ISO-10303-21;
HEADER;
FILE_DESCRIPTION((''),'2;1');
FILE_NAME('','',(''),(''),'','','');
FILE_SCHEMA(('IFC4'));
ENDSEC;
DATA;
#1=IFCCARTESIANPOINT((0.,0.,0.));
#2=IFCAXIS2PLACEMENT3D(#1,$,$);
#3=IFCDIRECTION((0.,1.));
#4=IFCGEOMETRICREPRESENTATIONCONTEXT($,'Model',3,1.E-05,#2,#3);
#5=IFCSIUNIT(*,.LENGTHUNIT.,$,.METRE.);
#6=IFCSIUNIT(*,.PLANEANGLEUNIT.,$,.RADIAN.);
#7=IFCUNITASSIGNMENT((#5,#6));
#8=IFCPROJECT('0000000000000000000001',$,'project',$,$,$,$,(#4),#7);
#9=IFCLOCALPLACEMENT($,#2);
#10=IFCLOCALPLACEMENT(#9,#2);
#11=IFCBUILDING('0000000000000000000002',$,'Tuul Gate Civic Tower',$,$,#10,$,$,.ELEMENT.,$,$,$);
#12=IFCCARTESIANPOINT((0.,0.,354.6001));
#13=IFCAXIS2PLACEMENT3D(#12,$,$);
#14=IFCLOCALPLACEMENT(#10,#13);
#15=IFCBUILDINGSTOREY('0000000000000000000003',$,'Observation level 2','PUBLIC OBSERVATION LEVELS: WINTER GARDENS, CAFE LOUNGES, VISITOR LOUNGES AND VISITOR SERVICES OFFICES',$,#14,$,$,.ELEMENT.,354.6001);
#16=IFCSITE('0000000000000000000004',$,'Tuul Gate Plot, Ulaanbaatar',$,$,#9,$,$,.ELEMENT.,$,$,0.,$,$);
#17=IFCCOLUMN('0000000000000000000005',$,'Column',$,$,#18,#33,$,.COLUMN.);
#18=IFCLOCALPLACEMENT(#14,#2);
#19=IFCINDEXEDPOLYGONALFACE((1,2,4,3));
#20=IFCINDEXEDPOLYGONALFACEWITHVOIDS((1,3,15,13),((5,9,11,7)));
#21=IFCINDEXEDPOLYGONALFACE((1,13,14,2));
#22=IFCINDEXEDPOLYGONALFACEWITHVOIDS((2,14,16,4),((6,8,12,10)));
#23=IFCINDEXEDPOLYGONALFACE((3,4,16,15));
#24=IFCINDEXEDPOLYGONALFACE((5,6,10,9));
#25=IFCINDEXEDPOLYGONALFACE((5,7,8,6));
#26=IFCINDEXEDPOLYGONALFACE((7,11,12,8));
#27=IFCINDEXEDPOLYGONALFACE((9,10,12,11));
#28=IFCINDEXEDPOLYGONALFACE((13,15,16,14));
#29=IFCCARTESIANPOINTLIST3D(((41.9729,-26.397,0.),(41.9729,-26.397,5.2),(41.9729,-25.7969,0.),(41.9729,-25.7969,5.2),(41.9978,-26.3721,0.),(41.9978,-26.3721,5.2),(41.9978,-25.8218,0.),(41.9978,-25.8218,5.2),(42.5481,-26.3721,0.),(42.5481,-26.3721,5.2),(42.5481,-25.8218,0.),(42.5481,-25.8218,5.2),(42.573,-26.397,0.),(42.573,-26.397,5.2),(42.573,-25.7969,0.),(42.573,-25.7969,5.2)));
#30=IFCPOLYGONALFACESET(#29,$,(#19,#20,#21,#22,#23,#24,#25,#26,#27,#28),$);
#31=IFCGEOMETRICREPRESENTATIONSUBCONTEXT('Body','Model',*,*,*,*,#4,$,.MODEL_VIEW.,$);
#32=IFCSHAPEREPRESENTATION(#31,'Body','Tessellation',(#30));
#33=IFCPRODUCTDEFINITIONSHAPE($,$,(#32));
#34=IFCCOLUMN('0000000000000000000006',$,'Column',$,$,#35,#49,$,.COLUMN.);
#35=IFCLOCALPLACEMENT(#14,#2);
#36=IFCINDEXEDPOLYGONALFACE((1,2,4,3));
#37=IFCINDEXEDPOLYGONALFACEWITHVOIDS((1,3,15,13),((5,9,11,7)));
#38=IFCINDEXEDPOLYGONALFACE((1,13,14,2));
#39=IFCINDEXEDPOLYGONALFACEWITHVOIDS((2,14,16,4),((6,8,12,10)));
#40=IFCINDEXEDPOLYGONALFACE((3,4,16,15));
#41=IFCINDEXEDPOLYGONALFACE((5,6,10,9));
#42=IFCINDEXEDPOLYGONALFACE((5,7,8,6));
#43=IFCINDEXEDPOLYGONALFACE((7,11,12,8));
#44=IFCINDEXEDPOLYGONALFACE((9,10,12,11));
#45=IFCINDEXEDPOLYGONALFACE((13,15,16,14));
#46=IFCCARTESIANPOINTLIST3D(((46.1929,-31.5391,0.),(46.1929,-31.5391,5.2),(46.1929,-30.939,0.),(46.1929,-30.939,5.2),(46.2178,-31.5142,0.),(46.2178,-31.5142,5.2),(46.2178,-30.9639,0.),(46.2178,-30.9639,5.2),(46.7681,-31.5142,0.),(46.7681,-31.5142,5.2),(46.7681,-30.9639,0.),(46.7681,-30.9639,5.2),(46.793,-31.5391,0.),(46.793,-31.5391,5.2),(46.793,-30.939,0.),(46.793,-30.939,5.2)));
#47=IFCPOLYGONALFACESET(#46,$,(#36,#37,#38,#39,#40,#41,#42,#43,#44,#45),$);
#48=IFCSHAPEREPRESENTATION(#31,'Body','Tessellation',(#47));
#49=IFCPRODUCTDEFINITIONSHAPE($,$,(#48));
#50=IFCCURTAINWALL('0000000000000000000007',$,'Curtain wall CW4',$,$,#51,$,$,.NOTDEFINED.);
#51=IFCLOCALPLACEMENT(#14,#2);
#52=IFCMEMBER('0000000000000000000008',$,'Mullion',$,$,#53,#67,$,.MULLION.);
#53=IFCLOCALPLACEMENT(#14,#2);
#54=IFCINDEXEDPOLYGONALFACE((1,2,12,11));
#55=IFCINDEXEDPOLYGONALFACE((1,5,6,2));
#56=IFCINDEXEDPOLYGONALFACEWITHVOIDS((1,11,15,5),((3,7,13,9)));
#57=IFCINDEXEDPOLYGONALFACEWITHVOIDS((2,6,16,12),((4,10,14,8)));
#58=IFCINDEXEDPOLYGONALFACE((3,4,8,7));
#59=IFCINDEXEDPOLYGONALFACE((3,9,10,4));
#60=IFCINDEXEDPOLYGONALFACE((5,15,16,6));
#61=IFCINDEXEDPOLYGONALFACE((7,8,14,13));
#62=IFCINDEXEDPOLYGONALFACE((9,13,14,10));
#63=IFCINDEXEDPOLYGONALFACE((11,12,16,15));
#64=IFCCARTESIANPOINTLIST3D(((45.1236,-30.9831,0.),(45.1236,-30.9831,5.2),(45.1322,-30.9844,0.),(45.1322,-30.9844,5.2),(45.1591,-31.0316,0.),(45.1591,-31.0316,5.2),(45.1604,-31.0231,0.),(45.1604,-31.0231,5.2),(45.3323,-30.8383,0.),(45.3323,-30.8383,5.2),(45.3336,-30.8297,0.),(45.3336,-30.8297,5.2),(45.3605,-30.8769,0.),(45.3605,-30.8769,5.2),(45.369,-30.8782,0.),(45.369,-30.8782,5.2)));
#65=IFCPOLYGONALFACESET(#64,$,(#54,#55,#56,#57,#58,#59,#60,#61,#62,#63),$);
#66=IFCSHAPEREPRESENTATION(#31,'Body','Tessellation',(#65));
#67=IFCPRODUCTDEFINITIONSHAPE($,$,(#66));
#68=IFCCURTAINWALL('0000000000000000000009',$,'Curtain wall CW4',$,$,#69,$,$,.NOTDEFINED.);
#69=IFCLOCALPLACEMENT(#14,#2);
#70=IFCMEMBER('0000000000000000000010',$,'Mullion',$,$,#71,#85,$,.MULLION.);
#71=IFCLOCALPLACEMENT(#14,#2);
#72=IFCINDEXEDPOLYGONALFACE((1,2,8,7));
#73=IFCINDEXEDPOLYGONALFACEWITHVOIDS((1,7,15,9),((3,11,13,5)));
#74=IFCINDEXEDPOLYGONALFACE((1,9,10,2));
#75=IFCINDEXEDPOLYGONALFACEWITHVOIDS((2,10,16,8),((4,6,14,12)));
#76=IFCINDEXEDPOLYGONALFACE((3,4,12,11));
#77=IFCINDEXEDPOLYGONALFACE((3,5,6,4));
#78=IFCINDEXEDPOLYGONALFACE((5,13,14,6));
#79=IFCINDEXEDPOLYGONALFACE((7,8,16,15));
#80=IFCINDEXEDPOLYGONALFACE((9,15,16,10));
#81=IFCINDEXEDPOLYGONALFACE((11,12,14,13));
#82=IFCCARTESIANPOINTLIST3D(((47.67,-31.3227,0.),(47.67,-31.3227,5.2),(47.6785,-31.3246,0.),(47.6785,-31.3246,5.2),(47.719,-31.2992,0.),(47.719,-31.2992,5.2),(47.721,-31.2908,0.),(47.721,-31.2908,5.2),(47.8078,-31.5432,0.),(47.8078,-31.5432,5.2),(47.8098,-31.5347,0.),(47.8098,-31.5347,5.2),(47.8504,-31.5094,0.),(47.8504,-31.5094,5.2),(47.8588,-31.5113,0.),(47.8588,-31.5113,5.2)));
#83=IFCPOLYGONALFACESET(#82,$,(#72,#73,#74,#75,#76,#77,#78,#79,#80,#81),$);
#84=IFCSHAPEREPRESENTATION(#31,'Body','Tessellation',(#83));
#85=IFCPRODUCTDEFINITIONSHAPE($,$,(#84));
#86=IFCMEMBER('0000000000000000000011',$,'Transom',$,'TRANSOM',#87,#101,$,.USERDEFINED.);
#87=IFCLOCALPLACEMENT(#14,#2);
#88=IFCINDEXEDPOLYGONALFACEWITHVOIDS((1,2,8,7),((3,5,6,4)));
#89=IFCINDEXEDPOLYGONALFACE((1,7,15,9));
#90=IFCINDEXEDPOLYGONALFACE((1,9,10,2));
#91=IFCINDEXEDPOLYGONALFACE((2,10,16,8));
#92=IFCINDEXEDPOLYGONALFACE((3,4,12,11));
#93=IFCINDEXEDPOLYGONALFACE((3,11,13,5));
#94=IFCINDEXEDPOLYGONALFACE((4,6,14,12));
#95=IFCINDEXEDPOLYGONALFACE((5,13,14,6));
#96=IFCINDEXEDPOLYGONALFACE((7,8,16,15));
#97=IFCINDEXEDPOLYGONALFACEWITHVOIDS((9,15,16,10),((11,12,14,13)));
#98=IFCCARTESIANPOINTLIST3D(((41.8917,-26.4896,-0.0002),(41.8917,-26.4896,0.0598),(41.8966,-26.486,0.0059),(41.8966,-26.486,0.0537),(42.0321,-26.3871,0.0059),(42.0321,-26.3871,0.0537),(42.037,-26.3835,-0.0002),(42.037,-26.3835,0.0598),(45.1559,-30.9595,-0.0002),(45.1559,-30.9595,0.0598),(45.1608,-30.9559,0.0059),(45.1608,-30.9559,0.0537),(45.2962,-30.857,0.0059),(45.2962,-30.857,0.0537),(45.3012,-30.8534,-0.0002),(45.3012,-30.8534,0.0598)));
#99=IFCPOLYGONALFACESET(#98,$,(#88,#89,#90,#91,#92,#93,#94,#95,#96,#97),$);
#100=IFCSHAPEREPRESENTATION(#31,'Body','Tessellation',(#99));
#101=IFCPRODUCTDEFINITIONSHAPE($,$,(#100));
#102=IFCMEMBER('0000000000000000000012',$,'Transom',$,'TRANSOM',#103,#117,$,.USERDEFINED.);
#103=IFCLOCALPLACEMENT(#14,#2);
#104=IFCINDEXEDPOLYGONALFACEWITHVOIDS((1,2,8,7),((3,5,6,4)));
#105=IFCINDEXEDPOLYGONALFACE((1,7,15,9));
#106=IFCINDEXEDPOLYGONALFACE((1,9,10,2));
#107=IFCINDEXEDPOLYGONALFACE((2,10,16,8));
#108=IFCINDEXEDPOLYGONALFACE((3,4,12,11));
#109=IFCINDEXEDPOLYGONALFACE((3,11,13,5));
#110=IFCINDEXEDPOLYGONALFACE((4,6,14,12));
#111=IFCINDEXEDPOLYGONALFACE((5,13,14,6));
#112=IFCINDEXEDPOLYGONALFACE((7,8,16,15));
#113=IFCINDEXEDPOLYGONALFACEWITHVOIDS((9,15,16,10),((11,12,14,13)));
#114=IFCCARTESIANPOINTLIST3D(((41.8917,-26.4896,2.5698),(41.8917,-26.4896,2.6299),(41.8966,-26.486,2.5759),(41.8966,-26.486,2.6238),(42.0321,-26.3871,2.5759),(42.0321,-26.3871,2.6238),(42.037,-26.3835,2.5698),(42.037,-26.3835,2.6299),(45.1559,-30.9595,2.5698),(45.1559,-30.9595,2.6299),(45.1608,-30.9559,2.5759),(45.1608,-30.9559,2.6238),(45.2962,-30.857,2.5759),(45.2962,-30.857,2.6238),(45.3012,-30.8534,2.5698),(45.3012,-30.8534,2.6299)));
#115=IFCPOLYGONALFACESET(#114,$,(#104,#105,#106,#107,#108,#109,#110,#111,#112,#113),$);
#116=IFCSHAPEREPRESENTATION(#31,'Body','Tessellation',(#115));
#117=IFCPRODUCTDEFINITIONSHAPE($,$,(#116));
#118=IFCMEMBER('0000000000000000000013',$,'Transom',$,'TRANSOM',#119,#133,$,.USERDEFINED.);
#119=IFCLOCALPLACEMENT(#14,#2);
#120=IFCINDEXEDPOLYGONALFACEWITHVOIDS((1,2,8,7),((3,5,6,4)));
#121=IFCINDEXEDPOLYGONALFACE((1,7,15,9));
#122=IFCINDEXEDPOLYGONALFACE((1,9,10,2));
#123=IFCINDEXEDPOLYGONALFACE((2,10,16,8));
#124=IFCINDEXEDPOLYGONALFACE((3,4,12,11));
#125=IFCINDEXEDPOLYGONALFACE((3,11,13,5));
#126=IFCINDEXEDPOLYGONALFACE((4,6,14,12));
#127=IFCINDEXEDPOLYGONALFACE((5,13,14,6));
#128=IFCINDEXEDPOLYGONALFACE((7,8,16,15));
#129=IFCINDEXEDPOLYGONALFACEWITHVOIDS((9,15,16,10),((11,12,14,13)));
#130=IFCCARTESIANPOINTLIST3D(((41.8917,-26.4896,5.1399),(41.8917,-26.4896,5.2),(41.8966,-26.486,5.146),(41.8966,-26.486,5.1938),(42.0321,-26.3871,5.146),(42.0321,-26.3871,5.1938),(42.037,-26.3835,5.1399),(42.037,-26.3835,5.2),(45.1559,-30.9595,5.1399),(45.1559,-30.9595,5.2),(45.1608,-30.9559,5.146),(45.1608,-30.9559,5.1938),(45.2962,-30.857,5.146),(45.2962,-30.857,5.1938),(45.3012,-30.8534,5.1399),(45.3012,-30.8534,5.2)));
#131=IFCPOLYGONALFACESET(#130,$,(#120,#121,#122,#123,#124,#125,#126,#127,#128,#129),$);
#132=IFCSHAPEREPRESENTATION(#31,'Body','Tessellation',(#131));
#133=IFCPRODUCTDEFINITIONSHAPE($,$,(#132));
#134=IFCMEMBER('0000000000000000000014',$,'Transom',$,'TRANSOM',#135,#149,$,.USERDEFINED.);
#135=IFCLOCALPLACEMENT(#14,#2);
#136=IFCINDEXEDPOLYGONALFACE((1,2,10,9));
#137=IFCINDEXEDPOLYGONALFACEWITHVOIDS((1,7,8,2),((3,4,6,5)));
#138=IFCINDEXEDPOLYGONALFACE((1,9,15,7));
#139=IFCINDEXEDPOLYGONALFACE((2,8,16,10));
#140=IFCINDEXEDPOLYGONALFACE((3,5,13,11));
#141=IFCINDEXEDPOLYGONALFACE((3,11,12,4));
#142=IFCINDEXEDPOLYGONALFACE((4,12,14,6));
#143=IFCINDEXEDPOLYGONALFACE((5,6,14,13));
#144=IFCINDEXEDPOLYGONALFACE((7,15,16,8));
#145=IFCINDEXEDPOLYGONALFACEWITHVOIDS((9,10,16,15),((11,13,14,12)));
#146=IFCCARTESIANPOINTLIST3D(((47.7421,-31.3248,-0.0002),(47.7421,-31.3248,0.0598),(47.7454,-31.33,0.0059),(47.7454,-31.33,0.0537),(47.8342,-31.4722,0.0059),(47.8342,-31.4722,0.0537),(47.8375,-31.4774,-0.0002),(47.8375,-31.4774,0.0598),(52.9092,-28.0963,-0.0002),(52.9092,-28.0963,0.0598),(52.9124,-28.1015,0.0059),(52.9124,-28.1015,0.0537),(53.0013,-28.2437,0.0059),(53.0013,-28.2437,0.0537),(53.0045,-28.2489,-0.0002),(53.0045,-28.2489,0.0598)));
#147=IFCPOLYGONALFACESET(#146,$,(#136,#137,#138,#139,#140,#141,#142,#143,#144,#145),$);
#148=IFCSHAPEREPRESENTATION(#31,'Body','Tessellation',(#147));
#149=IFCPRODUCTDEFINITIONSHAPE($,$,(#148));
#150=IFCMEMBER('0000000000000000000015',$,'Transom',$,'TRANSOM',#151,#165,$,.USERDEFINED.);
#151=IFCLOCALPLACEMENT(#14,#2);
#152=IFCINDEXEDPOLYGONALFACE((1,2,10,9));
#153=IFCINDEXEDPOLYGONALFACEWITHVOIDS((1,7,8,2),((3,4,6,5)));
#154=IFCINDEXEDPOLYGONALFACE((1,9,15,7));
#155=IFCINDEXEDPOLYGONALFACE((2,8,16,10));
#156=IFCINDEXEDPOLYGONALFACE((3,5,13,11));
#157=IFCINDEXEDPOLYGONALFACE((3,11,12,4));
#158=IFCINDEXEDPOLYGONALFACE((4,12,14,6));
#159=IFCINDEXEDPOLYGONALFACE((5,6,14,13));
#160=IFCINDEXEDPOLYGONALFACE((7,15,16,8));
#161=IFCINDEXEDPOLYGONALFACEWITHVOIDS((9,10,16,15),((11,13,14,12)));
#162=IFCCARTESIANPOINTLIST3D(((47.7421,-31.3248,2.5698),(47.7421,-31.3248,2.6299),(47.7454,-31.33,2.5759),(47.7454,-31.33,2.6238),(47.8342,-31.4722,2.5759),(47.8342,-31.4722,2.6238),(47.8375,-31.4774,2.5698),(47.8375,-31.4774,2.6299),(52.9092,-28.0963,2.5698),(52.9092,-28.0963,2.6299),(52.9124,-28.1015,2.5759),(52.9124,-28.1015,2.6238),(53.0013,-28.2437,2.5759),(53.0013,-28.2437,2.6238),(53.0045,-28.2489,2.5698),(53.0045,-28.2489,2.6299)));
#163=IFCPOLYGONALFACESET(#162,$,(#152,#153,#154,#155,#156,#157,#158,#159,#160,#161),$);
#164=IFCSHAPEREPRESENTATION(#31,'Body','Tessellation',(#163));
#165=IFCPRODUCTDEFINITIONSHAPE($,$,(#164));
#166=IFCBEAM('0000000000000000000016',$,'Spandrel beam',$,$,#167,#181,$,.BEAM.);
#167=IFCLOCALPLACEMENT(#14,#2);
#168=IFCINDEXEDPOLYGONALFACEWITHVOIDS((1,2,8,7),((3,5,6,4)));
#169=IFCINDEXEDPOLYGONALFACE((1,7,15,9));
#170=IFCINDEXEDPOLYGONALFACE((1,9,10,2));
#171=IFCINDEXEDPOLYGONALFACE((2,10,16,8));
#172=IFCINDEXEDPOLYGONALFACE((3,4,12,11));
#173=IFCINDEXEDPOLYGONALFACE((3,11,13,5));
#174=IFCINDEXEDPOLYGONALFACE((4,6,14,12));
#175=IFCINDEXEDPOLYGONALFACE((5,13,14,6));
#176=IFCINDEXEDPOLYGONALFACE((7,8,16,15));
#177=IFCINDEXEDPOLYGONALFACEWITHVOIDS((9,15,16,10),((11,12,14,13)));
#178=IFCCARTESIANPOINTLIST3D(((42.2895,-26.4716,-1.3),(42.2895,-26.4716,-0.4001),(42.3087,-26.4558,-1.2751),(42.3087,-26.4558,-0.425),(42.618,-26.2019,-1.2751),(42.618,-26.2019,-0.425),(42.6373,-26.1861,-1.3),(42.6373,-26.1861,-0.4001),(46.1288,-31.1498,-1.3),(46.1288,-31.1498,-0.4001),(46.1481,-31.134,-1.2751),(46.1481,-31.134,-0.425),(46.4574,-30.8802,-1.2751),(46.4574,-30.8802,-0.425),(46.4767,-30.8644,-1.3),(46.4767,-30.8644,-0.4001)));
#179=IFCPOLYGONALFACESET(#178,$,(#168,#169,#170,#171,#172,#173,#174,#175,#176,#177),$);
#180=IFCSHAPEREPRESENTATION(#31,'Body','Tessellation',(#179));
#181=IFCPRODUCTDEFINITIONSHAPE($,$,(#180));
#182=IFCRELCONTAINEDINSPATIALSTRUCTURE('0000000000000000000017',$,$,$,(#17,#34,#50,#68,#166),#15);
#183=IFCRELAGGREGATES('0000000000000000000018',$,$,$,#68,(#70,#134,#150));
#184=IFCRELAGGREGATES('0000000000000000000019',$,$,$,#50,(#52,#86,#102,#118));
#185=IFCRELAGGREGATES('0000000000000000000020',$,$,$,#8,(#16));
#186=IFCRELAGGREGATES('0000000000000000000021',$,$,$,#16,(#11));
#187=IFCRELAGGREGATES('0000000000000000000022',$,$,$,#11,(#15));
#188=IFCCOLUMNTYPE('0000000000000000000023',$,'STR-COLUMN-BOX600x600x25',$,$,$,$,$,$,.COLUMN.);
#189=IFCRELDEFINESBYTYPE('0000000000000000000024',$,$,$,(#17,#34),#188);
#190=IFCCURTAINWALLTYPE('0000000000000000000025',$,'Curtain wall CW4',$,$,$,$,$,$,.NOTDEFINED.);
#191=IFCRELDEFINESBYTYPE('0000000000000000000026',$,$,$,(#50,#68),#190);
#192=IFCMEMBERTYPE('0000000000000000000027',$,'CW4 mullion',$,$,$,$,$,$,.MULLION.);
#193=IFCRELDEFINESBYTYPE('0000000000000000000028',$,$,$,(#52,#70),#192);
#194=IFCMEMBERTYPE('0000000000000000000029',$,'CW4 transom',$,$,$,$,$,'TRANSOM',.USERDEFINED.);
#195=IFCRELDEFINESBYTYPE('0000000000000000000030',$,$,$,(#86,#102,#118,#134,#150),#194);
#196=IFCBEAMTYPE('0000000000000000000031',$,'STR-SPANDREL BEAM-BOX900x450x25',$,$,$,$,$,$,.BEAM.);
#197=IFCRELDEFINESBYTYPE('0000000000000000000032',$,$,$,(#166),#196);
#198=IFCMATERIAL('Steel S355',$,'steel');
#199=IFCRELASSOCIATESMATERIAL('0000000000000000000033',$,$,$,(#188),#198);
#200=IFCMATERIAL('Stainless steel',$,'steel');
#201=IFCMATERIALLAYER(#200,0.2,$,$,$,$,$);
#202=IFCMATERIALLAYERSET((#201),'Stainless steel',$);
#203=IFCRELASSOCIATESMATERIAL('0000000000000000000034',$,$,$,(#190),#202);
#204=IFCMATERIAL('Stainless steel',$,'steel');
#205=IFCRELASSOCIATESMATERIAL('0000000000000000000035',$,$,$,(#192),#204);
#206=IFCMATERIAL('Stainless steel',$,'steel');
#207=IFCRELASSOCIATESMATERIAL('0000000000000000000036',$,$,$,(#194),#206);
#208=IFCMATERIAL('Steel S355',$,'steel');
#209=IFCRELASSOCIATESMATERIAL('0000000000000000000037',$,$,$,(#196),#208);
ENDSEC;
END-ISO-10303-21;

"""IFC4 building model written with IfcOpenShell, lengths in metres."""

from ifc_helpers import new_model, si_unit, direction, frame, origin, origin_2d, place, context, subcontext, project, spatial, hollow_rectangle, extrude, material, layer, layer_set, material_profile, profile_set, type_object, element, aggregate, save


model = new_model("IFC4")

# Units and contexts
model_context = context("Model", 3, precision=1e-05, world=origin(), true_north=direction((0.0, 1.0)))
body_context = subcontext(model_context, "Body", "Model", "MODEL_VIEW")
ifc_project = project(units=[si_unit("LENGTHUNIT", "METRE"), si_unit("PLANEANGLEUNIT", "RADIAN")], contexts=[model_context])

# Site, building, storey
site_placement = place(None, origin())
site = spatial("IfcSite", under=ifc_project, at=site_placement, Name="Tuul Gate Plot, Ulaanbaatar", CompositionType="ELEMENT", RefElevation=0.0)
building_placement = place(site_placement, origin())
building = spatial("IfcBuilding", under=site, at=building_placement, Name="Tuul Gate Civic Tower", CompositionType="ELEMENT")
storey_placement = place(building_placement, frame((0.0, 0.0, 354.6001)))
storey = spatial("IfcBuildingStorey", under=building, at=storey_placement, Name="Observation level 2", Description="PUBLIC OBSERVATION LEVELS: WINTER GARDENS, CAFE LOUNGES, VISITOR LOUNGES AND VISITOR SERVICES OFFICES", CompositionType="ELEMENT", Elevation=354.6001)

# Columns
ifc_material_1 = material(Name="Steel S355", Category="steel")
ifc_material_profile_1 = material_profile(ifc_material_1, hollow_rectangle(XDim=0.6001, YDim=0.6001, WallThickness=0.0249, at=origin_2d()), Name="BOX600x600x25")
ifc_profile_set_1 = profile_set([ifc_material_profile_1], Name="Steel S355")
column_type = type_object("IfcColumnType", Name="STR-COLUMN-BOX600x600x25", PredefinedType="COLUMN", material=ifc_profile_set_1)
for number, where, z_axis, x_axis, name in (
    (1, (42.2729, -26.0969, 0.0), (0.0, 0.0, 1.0), (1.0, 0.0, 0.0), "Column"),
    (2, (46.4929, -31.239, 0.0), (0.0, 0.0, 1.0), (1.0, 0.0, 0.0), "Column"),
):
    element("IfcColumn", number, at=place(storey_placement, frame(where, z_axis=z_axis, x_axis=x_axis)), inside=storey, type_object=column_type, Name=name, PredefinedType="COLUMN", context=body_context, shape_type="SweptSolid", body=[
        extrude(hollow_rectangle(XDim=0.6001, YDim=0.6001, WallThickness=0.0249, at=origin_2d()), origin(), (0.0, 0.0, 1.0), 5.2),
    ])

# Curtain walls, members
ifc_material_2 = material(Name="Stainless steel", Category="steel")
ifc_layer_1 = layer(ifc_material_2, 0.2)
ifc_layer_set_1 = layer_set([ifc_layer_1], Name="Stainless steel")
curtain_wall_type = type_object("IfcCurtainWallType", Name="Curtain wall CW4", PredefinedType="NOTDEFINED", material=ifc_layer_set_1)
curtain_wall_1_placement = place(storey_placement, origin())
curtain_wall_1 = element("IfcCurtainWall", 3, at=curtain_wall_1_placement, inside=storey, type_object=curtain_wall_type, Name="Curtain wall CW4", PredefinedType="NOTDEFINED")
ifc_material_3 = material(Name="Stainless steel", Category="steel")
ifc_material_profile_2 = material_profile(ifc_material_3, hollow_rectangle(XDim=0.26, YDim=0.0601, WallThickness=0.0061, at=origin_2d()), Name="CW4 mullion")
ifc_profile_set_2 = profile_set([ifc_material_profile_2], Name="Stainless steel")
member_type_1 = type_object("IfcMemberType", Name="CW4 mullion", PredefinedType="MULLION", material=ifc_profile_set_2)
member_1_placement = place(storey_placement, frame((45.2463, -30.9307, 0.0), z_axis=(0.0, 0.0, 1.0), x_axis=(0.807595, 0.589737, 0.0)))
member_1 = element("IfcMember", 4, at=member_1_placement, type_object=member_type_1, Name="Mullion", PredefinedType="MULLION", context=body_context, shape_type="SweptSolid", body=[
    extrude(hollow_rectangle(XDim=0.26, YDim=0.0601, WallThickness=0.0061, at=origin_2d()), origin(), (0.0, 0.0, 1.0), 5.2),
])
curtain_wall_2_placement = place(storey_placement, origin())
curtain_wall_2 = element("IfcCurtainWall", 5, at=curtain_wall_2_placement, inside=storey, type_object=curtain_wall_type, Name="Curtain wall CW4", PredefinedType="NOTDEFINED")
member_2_placement = place(storey_placement, frame((47.7644, -31.417, 0.0), z_axis=(0.0, 0.0, 1.0), x_axis=(-0.529912, 0.848053, 0.0)))
member_2 = element("IfcMember", 6, at=member_2_placement, type_object=member_type_1, Name="Mullion", PredefinedType="MULLION", context=body_context, shape_type="SweptSolid", body=[
    extrude(hollow_rectangle(XDim=0.26, YDim=0.0601, WallThickness=0.0061, at=origin_2d()), origin(), (0.0, 0.0, 1.0), 5.2),
])

# Members
ifc_material_4 = material(Name="Stainless steel", Category="steel")
ifc_material_profile_3 = material_profile(ifc_material_4, hollow_rectangle(XDim=0.1799, YDim=0.0601, WallThickness=0.0061, at=origin_2d()), Name="CW4 transom")
ifc_profile_set_3 = profile_set([ifc_material_profile_3], Name="Stainless steel")
member_type_2 = type_object("IfcMemberType", Name="CW4 transom", ElementType="TRANSOM", PredefinedType="USERDEFINED", material=ifc_profile_set_3)
member_3_placement = place(storey_placement, frame((41.9644, -26.4365, 0.0298), z_axis=(0.589739, -0.807594, 0.0), x_axis=(0.807594, 0.589739, 0.0)))
member_3 = element("IfcMember", 7, at=member_3_placement, type_object=member_type_2, Name="Transom", ObjectType="TRANSOM", PredefinedType="USERDEFINED", context=body_context, shape_type="SweptSolid", body=[
    extrude(hollow_rectangle(XDim=0.1799, YDim=0.0601, WallThickness=0.0061, at=origin_2d()), origin(), (0.0, 0.0, 1.0), 5.5349),
])
member_4_placement = place(storey_placement, frame((41.9644, -26.4365, 2.5999), z_axis=(0.589739, -0.807594, 0.0), x_axis=(0.807594, 0.589739, 0.0)))
member_4 = element("IfcMember", 8, at=member_4_placement, type_object=member_type_2, Name="Transom", ObjectType="TRANSOM", PredefinedType="USERDEFINED", context=body_context, shape_type="SweptSolid", body=[
    extrude(hollow_rectangle(XDim=0.1799, YDim=0.0601, WallThickness=0.0061, at=origin_2d()), origin(), (0.0, 0.0, 1.0), 5.5349),
])
member_5_placement = place(storey_placement, frame((41.9644, -26.4365, 5.1699), z_axis=(0.589739, -0.807594, 0.0), x_axis=(0.807594, 0.589739, 0.0)))
member_5 = element("IfcMember", 9, at=member_5_placement, type_object=member_type_2, Name="Transom", ObjectType="TRANSOM", PredefinedType="USERDEFINED", context=body_context, shape_type="SweptSolid", body=[
    extrude(hollow_rectangle(XDim=0.1799, YDim=0.0601, WallThickness=0.0061, at=origin_2d()), origin(), (0.0, 0.0, 1.0), 5.5349),
])
member_6_placement = place(storey_placement, frame((47.7898, -31.4011, 0.0298), z_axis=(0.848061, 0.529898, 0.0), x_axis=(-0.529898, 0.848061, 0.0)))
member_6 = element("IfcMember", 10, at=member_6_placement, type_object=member_type_2, Name="Transom", ObjectType="TRANSOM", PredefinedType="USERDEFINED", context=body_context, shape_type="SweptSolid", body=[
    extrude(hollow_rectangle(XDim=0.1799, YDim=0.0601, WallThickness=0.0061, at=origin_2d()), origin(), (0.0, 0.0, 1.0), 6.0928),
])
member_7_placement = place(storey_placement, frame((47.7898, -31.4011, 2.5999), z_axis=(0.848061, 0.529898, 0.0), x_axis=(-0.529898, 0.848061, 0.0)))
member_7 = element("IfcMember", 11, at=member_7_placement, type_object=member_type_2, Name="Transom", ObjectType="TRANSOM", PredefinedType="USERDEFINED", context=body_context, shape_type="SweptSolid", body=[
    extrude(hollow_rectangle(XDim=0.1799, YDim=0.0601, WallThickness=0.0061, at=origin_2d()), origin(), (0.0, 0.0, 1.0), 6.0928),
])
aggregate(curtain_wall_2, [member_2, member_6, member_7])

# Beam
ifc_material_5 = material(Name="Steel S355", Category="steel")
ifc_material_profile_4 = material_profile(ifc_material_5, hollow_rectangle(XDim=0.45, YDim=0.8999, WallThickness=0.0249, at=origin_2d()), Name="BOX900x450x25")
ifc_profile_set_4 = profile_set([ifc_material_profile_4], Name="Steel S355")
beam_type = type_object("IfcBeamType", Name="STR-SPANDREL BEAM-BOX900x450x25", PredefinedType="BEAM", material=ifc_profile_set_4)
beam_1_placement = place(storey_placement, frame((42.4634, -26.3289, -0.8501), z_axis=(0.634397, -0.773007, 0.0), x_axis=(0.773007, 0.634397, 0.0)))
element("IfcBeam", 12, at=beam_1_placement, inside=storey, type_object=beam_type, Name="Spandrel beam", PredefinedType="BEAM", context=body_context, shape_type="SweptSolid", body=[
    extrude(hollow_rectangle(XDim=0.45, YDim=0.8999, WallThickness=0.0249, at=origin_2d()), origin(), (0.0, 0.0, 1.0), 6.052),
])

aggregate(curtain_wall_1, [member_1, member_3, member_4, member_5])

save(model, "model.ifc")
